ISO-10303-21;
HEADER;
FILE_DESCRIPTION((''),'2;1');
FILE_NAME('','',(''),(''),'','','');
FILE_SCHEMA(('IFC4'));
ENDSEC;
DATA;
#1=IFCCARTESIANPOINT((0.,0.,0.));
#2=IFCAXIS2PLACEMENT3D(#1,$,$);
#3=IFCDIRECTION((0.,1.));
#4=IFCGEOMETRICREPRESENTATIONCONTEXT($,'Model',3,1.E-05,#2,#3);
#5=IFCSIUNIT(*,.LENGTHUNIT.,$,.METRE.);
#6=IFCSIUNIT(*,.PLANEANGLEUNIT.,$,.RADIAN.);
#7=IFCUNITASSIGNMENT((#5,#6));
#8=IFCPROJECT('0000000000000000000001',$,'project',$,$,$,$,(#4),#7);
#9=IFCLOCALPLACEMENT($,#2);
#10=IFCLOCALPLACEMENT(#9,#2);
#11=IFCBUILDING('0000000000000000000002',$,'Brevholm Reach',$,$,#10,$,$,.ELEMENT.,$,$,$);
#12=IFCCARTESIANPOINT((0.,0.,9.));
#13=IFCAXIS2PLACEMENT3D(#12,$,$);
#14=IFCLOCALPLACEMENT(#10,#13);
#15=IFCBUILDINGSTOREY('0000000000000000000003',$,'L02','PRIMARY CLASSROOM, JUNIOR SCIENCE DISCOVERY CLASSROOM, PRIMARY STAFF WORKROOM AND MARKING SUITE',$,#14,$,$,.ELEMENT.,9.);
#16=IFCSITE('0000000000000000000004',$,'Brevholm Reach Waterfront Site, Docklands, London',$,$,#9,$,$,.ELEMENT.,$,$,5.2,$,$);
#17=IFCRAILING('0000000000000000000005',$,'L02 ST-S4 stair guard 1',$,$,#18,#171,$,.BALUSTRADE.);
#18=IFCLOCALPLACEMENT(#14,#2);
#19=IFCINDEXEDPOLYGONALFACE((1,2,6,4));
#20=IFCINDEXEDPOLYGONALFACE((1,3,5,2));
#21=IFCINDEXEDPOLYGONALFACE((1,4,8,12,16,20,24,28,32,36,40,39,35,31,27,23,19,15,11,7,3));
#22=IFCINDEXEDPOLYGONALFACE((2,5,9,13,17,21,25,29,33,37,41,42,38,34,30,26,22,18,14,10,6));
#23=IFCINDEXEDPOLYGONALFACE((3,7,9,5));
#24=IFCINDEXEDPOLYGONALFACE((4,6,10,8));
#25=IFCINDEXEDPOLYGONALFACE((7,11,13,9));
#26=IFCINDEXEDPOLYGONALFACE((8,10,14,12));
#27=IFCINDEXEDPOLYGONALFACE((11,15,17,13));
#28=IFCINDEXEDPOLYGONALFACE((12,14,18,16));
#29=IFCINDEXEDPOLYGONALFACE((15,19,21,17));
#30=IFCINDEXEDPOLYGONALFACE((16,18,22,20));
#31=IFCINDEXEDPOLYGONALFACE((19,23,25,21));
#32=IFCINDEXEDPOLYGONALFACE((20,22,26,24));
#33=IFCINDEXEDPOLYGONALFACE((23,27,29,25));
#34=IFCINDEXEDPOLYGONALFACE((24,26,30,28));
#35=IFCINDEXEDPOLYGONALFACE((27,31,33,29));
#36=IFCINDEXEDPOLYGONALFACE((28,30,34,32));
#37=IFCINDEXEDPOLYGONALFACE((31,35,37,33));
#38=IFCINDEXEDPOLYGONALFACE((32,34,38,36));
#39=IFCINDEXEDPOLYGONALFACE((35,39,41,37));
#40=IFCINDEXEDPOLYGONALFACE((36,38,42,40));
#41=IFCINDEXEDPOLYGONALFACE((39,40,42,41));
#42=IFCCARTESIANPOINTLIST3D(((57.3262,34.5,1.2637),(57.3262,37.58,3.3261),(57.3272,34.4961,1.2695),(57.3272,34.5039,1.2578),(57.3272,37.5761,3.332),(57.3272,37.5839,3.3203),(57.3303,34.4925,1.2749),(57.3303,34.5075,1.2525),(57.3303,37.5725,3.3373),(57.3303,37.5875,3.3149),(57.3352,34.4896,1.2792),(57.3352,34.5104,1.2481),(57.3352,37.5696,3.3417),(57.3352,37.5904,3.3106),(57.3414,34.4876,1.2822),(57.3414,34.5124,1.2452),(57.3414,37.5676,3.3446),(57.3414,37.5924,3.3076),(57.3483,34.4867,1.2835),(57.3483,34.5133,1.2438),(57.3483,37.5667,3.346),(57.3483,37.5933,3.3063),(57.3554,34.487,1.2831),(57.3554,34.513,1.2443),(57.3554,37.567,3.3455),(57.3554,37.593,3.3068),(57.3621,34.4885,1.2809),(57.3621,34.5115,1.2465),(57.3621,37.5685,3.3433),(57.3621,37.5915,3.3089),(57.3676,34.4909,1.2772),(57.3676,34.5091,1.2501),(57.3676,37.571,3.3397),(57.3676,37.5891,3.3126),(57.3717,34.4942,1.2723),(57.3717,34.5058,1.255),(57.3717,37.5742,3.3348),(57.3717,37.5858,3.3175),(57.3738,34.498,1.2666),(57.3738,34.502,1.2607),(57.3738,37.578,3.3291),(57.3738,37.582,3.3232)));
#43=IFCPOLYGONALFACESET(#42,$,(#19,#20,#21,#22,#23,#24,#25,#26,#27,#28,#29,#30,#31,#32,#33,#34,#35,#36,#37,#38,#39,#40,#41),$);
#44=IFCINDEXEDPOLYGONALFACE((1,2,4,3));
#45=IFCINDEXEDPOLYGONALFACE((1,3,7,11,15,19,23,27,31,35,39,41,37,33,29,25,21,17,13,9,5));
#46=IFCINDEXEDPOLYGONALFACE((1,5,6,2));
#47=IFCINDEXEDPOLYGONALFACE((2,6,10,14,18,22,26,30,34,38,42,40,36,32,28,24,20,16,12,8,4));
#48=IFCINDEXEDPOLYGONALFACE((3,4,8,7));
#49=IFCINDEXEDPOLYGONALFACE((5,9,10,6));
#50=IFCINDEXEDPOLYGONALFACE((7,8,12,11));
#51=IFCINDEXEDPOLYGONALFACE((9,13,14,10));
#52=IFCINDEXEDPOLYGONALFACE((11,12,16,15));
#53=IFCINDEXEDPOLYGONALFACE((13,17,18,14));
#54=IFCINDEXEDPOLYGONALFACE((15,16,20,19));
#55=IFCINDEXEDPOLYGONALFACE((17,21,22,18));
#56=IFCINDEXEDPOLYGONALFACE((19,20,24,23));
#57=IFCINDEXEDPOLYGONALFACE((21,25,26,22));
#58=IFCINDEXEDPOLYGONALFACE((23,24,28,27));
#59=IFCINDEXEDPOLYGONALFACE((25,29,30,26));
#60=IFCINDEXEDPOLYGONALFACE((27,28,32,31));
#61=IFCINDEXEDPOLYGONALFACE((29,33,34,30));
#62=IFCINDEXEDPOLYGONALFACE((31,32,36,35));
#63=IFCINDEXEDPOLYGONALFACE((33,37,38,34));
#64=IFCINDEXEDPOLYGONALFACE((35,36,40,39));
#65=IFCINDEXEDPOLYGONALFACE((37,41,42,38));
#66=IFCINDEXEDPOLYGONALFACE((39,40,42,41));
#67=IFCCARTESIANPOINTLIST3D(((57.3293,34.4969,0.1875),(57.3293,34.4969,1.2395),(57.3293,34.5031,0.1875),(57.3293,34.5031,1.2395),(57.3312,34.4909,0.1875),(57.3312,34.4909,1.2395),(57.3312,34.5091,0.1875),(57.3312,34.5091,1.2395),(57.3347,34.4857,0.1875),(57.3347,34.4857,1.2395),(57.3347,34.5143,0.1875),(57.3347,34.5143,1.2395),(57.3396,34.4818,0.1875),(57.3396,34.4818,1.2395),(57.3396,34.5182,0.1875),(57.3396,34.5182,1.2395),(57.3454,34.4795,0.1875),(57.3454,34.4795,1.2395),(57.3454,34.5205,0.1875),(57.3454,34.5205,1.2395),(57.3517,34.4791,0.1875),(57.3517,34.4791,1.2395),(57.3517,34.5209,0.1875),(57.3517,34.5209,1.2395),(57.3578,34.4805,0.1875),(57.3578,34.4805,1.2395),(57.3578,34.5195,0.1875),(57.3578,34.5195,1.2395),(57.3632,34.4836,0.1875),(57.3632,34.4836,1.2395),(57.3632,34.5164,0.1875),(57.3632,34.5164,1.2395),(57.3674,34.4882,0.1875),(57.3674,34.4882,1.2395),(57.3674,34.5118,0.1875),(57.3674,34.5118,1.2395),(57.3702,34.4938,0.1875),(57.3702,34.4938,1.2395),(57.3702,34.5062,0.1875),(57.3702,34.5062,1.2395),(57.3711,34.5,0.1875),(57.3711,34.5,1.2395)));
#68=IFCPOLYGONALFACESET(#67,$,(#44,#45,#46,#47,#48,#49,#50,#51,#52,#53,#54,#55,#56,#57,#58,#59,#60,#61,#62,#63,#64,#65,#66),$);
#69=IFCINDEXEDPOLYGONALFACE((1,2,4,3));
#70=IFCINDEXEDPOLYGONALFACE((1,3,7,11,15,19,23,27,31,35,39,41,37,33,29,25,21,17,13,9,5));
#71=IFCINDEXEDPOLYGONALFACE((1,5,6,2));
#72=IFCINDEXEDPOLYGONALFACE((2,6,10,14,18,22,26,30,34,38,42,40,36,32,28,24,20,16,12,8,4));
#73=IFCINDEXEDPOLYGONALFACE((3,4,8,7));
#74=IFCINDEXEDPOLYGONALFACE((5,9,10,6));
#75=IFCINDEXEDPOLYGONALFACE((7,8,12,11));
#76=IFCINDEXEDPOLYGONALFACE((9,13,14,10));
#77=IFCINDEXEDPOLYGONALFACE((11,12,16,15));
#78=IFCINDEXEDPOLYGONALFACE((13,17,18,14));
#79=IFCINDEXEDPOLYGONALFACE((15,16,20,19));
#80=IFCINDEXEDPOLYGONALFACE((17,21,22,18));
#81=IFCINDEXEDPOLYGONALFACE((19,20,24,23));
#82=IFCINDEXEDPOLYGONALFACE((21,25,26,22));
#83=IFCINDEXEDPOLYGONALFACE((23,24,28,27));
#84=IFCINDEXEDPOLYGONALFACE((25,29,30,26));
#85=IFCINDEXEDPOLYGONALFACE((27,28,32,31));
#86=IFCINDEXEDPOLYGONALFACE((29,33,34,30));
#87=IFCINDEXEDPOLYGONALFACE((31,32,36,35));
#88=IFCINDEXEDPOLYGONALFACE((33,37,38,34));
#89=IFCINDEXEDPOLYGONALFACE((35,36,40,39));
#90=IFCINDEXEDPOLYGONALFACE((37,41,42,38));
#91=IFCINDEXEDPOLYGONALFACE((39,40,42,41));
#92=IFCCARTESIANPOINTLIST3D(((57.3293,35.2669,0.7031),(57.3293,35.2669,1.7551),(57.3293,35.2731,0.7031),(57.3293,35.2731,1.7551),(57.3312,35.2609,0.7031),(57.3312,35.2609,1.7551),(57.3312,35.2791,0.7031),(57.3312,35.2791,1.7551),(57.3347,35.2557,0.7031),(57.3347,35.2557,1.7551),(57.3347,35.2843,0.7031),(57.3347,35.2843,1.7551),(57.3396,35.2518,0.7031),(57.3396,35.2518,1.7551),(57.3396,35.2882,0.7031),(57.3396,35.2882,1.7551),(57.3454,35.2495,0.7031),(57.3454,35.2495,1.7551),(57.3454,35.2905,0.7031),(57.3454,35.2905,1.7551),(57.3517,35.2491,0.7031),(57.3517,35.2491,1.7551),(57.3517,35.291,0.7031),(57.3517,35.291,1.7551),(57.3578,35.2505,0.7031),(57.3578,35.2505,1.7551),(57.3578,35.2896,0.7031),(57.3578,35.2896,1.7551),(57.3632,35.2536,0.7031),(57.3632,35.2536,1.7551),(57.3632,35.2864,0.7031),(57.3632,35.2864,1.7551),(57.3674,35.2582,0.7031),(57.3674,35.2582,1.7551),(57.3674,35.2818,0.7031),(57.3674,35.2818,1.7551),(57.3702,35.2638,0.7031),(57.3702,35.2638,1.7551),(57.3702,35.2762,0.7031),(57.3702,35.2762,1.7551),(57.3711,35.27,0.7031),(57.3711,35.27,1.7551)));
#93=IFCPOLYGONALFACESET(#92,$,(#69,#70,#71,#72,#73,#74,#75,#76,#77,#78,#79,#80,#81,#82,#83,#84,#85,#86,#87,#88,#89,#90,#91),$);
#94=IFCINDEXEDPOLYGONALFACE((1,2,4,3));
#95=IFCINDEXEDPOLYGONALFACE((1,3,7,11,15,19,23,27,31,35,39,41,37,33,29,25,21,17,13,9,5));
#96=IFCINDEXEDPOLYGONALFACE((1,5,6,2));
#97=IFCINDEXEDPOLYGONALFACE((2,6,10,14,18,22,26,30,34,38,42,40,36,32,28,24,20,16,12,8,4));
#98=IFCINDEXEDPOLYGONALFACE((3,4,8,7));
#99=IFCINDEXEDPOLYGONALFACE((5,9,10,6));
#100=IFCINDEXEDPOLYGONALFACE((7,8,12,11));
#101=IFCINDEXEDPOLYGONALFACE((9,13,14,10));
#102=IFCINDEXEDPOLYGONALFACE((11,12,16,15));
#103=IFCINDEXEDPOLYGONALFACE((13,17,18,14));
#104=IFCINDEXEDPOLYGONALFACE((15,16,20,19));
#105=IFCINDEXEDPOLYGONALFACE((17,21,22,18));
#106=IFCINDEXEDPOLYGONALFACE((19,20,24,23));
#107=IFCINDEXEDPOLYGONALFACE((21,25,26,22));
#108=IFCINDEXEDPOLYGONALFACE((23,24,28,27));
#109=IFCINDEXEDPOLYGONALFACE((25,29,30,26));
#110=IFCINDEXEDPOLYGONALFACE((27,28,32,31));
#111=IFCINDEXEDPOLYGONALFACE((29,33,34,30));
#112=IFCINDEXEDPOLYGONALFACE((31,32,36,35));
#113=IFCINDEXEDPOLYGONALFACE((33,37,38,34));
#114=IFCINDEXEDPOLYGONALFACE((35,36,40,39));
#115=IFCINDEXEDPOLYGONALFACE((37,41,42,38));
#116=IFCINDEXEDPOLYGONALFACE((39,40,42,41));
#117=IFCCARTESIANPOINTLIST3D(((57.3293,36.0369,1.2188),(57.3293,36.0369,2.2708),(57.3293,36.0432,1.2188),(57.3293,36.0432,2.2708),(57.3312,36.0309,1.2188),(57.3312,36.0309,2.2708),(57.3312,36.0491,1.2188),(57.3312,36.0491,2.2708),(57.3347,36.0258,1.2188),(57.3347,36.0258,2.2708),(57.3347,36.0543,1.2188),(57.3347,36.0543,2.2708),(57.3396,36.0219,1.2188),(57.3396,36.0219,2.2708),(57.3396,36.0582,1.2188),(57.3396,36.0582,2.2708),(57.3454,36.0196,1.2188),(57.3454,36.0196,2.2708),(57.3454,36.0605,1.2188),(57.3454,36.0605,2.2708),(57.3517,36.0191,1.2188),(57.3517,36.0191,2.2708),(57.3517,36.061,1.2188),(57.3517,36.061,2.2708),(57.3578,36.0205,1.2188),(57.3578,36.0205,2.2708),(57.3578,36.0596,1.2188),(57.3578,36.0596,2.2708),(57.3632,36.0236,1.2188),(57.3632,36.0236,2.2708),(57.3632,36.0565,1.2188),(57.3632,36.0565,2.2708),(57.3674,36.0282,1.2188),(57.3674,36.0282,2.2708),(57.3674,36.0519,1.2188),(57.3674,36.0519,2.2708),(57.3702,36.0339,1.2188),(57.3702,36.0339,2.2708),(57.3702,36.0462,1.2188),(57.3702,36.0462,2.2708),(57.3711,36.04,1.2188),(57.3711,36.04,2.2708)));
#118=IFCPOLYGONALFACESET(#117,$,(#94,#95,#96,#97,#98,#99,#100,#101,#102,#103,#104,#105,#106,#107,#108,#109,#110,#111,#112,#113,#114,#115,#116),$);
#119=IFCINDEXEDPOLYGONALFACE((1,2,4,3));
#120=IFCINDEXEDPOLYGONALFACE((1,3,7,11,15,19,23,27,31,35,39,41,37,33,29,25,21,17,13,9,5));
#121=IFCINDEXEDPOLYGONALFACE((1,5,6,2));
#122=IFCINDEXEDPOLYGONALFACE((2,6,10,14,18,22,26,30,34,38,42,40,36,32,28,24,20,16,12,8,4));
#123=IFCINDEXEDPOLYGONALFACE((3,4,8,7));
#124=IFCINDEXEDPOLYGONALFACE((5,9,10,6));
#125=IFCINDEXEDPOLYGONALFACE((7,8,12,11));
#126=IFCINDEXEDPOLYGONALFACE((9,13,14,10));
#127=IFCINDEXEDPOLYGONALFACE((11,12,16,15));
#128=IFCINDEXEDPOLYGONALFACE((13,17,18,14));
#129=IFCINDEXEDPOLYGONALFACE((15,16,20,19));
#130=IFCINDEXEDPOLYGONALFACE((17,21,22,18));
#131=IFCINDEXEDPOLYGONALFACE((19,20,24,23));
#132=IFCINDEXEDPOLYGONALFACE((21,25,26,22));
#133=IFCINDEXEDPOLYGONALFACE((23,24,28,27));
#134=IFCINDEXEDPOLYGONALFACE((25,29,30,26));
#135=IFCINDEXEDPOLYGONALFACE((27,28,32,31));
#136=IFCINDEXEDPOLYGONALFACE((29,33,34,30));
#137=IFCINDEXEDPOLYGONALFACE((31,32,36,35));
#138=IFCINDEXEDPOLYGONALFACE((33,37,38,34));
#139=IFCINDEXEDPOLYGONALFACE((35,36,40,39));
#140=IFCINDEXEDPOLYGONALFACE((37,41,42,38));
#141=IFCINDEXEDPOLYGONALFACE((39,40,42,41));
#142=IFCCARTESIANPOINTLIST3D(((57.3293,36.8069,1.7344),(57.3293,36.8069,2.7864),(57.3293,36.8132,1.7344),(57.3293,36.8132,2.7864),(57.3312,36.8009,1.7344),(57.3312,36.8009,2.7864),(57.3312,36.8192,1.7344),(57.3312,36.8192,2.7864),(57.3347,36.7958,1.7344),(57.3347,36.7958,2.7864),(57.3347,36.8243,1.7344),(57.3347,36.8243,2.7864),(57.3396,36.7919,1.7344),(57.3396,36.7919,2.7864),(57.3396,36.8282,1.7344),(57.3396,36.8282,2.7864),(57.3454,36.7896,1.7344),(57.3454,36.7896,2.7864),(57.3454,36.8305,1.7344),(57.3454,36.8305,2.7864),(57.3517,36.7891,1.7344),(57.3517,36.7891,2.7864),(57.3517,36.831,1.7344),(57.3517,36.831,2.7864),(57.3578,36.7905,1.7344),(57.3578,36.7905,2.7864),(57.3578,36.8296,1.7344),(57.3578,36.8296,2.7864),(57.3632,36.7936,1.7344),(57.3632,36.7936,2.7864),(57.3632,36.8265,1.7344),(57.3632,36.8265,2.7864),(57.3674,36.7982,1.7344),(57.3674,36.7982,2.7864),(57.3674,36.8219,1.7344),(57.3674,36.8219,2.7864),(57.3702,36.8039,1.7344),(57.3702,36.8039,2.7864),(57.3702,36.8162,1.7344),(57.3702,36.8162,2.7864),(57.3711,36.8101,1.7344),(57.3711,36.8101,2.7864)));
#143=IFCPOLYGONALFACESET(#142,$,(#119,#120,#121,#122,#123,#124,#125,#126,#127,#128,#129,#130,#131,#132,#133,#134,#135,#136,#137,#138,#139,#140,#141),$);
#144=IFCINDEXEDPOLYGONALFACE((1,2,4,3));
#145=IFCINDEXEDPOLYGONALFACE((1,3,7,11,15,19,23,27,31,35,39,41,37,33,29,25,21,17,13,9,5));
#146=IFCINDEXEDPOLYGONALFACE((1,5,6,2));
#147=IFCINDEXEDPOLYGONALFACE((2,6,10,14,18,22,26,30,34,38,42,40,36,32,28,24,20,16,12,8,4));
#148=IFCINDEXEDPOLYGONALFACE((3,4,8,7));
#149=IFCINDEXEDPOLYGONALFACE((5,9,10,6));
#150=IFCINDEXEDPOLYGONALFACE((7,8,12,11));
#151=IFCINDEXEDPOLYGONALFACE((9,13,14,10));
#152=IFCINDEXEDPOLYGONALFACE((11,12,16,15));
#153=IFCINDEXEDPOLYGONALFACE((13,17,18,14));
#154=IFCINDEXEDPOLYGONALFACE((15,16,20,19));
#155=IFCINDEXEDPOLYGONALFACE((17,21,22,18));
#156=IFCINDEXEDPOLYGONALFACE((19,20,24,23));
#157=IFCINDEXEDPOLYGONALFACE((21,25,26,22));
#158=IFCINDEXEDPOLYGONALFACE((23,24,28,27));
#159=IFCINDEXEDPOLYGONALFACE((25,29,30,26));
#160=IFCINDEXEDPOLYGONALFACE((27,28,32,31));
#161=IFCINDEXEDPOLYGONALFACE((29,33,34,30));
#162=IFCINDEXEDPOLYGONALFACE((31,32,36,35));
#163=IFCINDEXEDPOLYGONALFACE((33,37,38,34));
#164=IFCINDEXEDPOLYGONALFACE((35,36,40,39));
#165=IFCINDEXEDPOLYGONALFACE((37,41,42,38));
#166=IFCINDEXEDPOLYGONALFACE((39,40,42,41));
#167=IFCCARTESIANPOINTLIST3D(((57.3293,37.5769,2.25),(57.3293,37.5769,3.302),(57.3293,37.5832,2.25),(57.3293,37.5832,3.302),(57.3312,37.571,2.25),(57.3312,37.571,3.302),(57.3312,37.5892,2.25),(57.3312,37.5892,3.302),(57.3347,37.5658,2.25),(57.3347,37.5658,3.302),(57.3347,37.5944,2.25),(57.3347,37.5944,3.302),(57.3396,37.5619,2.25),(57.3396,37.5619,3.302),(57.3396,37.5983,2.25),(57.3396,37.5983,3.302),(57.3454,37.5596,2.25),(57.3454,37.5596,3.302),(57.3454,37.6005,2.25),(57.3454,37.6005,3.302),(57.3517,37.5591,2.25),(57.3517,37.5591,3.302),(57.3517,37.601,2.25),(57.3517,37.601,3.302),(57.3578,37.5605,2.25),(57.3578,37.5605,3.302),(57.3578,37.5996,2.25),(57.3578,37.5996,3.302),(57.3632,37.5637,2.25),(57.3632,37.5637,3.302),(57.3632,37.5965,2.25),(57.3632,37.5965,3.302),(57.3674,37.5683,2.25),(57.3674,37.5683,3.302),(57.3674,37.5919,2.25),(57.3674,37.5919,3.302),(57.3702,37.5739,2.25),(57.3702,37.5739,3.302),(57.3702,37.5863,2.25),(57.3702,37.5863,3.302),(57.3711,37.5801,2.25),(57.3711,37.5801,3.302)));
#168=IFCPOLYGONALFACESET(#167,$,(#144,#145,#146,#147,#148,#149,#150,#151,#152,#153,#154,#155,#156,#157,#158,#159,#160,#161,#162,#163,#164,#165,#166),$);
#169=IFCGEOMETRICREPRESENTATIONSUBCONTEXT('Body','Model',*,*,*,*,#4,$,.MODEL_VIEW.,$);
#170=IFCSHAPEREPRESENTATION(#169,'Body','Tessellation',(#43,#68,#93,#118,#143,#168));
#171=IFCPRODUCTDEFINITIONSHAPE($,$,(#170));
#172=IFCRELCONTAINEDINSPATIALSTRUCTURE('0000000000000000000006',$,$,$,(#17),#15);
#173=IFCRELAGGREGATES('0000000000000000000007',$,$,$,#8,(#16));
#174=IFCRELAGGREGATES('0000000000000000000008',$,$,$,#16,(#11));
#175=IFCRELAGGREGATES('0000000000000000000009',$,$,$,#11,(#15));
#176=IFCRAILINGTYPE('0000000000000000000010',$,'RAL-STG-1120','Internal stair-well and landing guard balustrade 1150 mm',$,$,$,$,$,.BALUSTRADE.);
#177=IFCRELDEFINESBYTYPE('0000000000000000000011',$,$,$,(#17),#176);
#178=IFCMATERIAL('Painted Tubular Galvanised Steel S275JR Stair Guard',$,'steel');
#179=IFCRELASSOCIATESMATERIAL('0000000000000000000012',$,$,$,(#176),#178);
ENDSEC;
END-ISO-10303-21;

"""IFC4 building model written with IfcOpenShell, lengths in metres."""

from ifc_helpers import new_model, si_unit, direction, frame, origin, origin_2d, place, context, subcontext, project, spatial, circle, extrude, material, type_object, element, save


model = new_model("IFC4")

# Units and contexts
model_context = context("Model", 3, precision=1e-05, world=origin(), true_north=direction((0.0, 1.0)))
body_context = subcontext(model_context, "Body", "Model", "MODEL_VIEW")
ifc_project = project(units=[si_unit("LENGTHUNIT", "METRE"), si_unit("PLANEANGLEUNIT", "RADIAN")], contexts=[model_context])

# Site, building, storey
site_placement = place(None, origin())
site = spatial("IfcSite", under=ifc_project, at=site_placement, Name="Brevholm Reach Waterfront Site, Docklands, London", CompositionType="ELEMENT", RefElevation=5.2)
building_placement = place(site_placement, origin())
building = spatial("IfcBuilding", under=site, at=building_placement, Name="Brevholm Reach", CompositionType="ELEMENT")
storey_placement = place(building_placement, frame((0.0, 0.0, 9.0)))
storey = spatial("IfcBuildingStorey", under=building, at=storey_placement, Name="L02", Description="PRIMARY CLASSROOM, JUNIOR SCIENCE DISCOVERY CLASSROOM, PRIMARY STAFF WORKROOM AND MARKING SUITE", CompositionType="ELEMENT", Elevation=9.0)

# Railing
ifc_material_1 = material(Name="Painted Tubular Galvanised Steel S275JR Stair Guard", Category="steel")
railing_type_1 = type_object("IfcRailingType", Name="RAL-STG-1120", Description="Internal stair-well and landing guard balustrade 1150 mm", PredefinedType="BALUSTRADE", material=ifc_material_1)
railing_1_placement = place(storey_placement, frame((57.3501, 34.5, 0.1875)))
element("IfcRailing", 1, at=railing_1_placement, inside=storey, type_object=railing_type_1, Name="L02 ST-S4 stair guard 1", PredefinedType="BALUSTRADE", context=body_context, shape_type="SweptSolid", body=[
    extrude(circle(Radius=0.0239, at=origin_2d()), frame((0.0, 0.0, 1.0762), z_axis=(0.0, 0.830914, 0.556401), x_axis=(-1.0, 0.0, 0.0)), (0.0, 0.0, 1.0), 3.7068),
    extrude(circle(Radius=0.021, at=origin_2d()), origin(), (0.0, 0.0, 1.0), 1.052),
    extrude(circle(Radius=0.021, at=origin_2d()), frame((0.0, 0.77, 0.5156)), (0.0, 0.0, 1.0), 1.052),
    extrude(circle(Radius=0.021, at=origin_2d()), frame((0.0, 1.54, 1.0312)), (0.0, 0.0, 1.0), 1.052),
    extrude(circle(Radius=0.021, at=origin_2d()), frame((0.0, 2.3101, 1.5469)), (0.0, 0.0, 1.0), 1.052),
    extrude(circle(Radius=0.021, at=origin_2d()), frame((0.0, 3.0801, 2.0625)), (0.0, 0.0, 1.0), 1.052),
])

save(model, "model.ifc")
